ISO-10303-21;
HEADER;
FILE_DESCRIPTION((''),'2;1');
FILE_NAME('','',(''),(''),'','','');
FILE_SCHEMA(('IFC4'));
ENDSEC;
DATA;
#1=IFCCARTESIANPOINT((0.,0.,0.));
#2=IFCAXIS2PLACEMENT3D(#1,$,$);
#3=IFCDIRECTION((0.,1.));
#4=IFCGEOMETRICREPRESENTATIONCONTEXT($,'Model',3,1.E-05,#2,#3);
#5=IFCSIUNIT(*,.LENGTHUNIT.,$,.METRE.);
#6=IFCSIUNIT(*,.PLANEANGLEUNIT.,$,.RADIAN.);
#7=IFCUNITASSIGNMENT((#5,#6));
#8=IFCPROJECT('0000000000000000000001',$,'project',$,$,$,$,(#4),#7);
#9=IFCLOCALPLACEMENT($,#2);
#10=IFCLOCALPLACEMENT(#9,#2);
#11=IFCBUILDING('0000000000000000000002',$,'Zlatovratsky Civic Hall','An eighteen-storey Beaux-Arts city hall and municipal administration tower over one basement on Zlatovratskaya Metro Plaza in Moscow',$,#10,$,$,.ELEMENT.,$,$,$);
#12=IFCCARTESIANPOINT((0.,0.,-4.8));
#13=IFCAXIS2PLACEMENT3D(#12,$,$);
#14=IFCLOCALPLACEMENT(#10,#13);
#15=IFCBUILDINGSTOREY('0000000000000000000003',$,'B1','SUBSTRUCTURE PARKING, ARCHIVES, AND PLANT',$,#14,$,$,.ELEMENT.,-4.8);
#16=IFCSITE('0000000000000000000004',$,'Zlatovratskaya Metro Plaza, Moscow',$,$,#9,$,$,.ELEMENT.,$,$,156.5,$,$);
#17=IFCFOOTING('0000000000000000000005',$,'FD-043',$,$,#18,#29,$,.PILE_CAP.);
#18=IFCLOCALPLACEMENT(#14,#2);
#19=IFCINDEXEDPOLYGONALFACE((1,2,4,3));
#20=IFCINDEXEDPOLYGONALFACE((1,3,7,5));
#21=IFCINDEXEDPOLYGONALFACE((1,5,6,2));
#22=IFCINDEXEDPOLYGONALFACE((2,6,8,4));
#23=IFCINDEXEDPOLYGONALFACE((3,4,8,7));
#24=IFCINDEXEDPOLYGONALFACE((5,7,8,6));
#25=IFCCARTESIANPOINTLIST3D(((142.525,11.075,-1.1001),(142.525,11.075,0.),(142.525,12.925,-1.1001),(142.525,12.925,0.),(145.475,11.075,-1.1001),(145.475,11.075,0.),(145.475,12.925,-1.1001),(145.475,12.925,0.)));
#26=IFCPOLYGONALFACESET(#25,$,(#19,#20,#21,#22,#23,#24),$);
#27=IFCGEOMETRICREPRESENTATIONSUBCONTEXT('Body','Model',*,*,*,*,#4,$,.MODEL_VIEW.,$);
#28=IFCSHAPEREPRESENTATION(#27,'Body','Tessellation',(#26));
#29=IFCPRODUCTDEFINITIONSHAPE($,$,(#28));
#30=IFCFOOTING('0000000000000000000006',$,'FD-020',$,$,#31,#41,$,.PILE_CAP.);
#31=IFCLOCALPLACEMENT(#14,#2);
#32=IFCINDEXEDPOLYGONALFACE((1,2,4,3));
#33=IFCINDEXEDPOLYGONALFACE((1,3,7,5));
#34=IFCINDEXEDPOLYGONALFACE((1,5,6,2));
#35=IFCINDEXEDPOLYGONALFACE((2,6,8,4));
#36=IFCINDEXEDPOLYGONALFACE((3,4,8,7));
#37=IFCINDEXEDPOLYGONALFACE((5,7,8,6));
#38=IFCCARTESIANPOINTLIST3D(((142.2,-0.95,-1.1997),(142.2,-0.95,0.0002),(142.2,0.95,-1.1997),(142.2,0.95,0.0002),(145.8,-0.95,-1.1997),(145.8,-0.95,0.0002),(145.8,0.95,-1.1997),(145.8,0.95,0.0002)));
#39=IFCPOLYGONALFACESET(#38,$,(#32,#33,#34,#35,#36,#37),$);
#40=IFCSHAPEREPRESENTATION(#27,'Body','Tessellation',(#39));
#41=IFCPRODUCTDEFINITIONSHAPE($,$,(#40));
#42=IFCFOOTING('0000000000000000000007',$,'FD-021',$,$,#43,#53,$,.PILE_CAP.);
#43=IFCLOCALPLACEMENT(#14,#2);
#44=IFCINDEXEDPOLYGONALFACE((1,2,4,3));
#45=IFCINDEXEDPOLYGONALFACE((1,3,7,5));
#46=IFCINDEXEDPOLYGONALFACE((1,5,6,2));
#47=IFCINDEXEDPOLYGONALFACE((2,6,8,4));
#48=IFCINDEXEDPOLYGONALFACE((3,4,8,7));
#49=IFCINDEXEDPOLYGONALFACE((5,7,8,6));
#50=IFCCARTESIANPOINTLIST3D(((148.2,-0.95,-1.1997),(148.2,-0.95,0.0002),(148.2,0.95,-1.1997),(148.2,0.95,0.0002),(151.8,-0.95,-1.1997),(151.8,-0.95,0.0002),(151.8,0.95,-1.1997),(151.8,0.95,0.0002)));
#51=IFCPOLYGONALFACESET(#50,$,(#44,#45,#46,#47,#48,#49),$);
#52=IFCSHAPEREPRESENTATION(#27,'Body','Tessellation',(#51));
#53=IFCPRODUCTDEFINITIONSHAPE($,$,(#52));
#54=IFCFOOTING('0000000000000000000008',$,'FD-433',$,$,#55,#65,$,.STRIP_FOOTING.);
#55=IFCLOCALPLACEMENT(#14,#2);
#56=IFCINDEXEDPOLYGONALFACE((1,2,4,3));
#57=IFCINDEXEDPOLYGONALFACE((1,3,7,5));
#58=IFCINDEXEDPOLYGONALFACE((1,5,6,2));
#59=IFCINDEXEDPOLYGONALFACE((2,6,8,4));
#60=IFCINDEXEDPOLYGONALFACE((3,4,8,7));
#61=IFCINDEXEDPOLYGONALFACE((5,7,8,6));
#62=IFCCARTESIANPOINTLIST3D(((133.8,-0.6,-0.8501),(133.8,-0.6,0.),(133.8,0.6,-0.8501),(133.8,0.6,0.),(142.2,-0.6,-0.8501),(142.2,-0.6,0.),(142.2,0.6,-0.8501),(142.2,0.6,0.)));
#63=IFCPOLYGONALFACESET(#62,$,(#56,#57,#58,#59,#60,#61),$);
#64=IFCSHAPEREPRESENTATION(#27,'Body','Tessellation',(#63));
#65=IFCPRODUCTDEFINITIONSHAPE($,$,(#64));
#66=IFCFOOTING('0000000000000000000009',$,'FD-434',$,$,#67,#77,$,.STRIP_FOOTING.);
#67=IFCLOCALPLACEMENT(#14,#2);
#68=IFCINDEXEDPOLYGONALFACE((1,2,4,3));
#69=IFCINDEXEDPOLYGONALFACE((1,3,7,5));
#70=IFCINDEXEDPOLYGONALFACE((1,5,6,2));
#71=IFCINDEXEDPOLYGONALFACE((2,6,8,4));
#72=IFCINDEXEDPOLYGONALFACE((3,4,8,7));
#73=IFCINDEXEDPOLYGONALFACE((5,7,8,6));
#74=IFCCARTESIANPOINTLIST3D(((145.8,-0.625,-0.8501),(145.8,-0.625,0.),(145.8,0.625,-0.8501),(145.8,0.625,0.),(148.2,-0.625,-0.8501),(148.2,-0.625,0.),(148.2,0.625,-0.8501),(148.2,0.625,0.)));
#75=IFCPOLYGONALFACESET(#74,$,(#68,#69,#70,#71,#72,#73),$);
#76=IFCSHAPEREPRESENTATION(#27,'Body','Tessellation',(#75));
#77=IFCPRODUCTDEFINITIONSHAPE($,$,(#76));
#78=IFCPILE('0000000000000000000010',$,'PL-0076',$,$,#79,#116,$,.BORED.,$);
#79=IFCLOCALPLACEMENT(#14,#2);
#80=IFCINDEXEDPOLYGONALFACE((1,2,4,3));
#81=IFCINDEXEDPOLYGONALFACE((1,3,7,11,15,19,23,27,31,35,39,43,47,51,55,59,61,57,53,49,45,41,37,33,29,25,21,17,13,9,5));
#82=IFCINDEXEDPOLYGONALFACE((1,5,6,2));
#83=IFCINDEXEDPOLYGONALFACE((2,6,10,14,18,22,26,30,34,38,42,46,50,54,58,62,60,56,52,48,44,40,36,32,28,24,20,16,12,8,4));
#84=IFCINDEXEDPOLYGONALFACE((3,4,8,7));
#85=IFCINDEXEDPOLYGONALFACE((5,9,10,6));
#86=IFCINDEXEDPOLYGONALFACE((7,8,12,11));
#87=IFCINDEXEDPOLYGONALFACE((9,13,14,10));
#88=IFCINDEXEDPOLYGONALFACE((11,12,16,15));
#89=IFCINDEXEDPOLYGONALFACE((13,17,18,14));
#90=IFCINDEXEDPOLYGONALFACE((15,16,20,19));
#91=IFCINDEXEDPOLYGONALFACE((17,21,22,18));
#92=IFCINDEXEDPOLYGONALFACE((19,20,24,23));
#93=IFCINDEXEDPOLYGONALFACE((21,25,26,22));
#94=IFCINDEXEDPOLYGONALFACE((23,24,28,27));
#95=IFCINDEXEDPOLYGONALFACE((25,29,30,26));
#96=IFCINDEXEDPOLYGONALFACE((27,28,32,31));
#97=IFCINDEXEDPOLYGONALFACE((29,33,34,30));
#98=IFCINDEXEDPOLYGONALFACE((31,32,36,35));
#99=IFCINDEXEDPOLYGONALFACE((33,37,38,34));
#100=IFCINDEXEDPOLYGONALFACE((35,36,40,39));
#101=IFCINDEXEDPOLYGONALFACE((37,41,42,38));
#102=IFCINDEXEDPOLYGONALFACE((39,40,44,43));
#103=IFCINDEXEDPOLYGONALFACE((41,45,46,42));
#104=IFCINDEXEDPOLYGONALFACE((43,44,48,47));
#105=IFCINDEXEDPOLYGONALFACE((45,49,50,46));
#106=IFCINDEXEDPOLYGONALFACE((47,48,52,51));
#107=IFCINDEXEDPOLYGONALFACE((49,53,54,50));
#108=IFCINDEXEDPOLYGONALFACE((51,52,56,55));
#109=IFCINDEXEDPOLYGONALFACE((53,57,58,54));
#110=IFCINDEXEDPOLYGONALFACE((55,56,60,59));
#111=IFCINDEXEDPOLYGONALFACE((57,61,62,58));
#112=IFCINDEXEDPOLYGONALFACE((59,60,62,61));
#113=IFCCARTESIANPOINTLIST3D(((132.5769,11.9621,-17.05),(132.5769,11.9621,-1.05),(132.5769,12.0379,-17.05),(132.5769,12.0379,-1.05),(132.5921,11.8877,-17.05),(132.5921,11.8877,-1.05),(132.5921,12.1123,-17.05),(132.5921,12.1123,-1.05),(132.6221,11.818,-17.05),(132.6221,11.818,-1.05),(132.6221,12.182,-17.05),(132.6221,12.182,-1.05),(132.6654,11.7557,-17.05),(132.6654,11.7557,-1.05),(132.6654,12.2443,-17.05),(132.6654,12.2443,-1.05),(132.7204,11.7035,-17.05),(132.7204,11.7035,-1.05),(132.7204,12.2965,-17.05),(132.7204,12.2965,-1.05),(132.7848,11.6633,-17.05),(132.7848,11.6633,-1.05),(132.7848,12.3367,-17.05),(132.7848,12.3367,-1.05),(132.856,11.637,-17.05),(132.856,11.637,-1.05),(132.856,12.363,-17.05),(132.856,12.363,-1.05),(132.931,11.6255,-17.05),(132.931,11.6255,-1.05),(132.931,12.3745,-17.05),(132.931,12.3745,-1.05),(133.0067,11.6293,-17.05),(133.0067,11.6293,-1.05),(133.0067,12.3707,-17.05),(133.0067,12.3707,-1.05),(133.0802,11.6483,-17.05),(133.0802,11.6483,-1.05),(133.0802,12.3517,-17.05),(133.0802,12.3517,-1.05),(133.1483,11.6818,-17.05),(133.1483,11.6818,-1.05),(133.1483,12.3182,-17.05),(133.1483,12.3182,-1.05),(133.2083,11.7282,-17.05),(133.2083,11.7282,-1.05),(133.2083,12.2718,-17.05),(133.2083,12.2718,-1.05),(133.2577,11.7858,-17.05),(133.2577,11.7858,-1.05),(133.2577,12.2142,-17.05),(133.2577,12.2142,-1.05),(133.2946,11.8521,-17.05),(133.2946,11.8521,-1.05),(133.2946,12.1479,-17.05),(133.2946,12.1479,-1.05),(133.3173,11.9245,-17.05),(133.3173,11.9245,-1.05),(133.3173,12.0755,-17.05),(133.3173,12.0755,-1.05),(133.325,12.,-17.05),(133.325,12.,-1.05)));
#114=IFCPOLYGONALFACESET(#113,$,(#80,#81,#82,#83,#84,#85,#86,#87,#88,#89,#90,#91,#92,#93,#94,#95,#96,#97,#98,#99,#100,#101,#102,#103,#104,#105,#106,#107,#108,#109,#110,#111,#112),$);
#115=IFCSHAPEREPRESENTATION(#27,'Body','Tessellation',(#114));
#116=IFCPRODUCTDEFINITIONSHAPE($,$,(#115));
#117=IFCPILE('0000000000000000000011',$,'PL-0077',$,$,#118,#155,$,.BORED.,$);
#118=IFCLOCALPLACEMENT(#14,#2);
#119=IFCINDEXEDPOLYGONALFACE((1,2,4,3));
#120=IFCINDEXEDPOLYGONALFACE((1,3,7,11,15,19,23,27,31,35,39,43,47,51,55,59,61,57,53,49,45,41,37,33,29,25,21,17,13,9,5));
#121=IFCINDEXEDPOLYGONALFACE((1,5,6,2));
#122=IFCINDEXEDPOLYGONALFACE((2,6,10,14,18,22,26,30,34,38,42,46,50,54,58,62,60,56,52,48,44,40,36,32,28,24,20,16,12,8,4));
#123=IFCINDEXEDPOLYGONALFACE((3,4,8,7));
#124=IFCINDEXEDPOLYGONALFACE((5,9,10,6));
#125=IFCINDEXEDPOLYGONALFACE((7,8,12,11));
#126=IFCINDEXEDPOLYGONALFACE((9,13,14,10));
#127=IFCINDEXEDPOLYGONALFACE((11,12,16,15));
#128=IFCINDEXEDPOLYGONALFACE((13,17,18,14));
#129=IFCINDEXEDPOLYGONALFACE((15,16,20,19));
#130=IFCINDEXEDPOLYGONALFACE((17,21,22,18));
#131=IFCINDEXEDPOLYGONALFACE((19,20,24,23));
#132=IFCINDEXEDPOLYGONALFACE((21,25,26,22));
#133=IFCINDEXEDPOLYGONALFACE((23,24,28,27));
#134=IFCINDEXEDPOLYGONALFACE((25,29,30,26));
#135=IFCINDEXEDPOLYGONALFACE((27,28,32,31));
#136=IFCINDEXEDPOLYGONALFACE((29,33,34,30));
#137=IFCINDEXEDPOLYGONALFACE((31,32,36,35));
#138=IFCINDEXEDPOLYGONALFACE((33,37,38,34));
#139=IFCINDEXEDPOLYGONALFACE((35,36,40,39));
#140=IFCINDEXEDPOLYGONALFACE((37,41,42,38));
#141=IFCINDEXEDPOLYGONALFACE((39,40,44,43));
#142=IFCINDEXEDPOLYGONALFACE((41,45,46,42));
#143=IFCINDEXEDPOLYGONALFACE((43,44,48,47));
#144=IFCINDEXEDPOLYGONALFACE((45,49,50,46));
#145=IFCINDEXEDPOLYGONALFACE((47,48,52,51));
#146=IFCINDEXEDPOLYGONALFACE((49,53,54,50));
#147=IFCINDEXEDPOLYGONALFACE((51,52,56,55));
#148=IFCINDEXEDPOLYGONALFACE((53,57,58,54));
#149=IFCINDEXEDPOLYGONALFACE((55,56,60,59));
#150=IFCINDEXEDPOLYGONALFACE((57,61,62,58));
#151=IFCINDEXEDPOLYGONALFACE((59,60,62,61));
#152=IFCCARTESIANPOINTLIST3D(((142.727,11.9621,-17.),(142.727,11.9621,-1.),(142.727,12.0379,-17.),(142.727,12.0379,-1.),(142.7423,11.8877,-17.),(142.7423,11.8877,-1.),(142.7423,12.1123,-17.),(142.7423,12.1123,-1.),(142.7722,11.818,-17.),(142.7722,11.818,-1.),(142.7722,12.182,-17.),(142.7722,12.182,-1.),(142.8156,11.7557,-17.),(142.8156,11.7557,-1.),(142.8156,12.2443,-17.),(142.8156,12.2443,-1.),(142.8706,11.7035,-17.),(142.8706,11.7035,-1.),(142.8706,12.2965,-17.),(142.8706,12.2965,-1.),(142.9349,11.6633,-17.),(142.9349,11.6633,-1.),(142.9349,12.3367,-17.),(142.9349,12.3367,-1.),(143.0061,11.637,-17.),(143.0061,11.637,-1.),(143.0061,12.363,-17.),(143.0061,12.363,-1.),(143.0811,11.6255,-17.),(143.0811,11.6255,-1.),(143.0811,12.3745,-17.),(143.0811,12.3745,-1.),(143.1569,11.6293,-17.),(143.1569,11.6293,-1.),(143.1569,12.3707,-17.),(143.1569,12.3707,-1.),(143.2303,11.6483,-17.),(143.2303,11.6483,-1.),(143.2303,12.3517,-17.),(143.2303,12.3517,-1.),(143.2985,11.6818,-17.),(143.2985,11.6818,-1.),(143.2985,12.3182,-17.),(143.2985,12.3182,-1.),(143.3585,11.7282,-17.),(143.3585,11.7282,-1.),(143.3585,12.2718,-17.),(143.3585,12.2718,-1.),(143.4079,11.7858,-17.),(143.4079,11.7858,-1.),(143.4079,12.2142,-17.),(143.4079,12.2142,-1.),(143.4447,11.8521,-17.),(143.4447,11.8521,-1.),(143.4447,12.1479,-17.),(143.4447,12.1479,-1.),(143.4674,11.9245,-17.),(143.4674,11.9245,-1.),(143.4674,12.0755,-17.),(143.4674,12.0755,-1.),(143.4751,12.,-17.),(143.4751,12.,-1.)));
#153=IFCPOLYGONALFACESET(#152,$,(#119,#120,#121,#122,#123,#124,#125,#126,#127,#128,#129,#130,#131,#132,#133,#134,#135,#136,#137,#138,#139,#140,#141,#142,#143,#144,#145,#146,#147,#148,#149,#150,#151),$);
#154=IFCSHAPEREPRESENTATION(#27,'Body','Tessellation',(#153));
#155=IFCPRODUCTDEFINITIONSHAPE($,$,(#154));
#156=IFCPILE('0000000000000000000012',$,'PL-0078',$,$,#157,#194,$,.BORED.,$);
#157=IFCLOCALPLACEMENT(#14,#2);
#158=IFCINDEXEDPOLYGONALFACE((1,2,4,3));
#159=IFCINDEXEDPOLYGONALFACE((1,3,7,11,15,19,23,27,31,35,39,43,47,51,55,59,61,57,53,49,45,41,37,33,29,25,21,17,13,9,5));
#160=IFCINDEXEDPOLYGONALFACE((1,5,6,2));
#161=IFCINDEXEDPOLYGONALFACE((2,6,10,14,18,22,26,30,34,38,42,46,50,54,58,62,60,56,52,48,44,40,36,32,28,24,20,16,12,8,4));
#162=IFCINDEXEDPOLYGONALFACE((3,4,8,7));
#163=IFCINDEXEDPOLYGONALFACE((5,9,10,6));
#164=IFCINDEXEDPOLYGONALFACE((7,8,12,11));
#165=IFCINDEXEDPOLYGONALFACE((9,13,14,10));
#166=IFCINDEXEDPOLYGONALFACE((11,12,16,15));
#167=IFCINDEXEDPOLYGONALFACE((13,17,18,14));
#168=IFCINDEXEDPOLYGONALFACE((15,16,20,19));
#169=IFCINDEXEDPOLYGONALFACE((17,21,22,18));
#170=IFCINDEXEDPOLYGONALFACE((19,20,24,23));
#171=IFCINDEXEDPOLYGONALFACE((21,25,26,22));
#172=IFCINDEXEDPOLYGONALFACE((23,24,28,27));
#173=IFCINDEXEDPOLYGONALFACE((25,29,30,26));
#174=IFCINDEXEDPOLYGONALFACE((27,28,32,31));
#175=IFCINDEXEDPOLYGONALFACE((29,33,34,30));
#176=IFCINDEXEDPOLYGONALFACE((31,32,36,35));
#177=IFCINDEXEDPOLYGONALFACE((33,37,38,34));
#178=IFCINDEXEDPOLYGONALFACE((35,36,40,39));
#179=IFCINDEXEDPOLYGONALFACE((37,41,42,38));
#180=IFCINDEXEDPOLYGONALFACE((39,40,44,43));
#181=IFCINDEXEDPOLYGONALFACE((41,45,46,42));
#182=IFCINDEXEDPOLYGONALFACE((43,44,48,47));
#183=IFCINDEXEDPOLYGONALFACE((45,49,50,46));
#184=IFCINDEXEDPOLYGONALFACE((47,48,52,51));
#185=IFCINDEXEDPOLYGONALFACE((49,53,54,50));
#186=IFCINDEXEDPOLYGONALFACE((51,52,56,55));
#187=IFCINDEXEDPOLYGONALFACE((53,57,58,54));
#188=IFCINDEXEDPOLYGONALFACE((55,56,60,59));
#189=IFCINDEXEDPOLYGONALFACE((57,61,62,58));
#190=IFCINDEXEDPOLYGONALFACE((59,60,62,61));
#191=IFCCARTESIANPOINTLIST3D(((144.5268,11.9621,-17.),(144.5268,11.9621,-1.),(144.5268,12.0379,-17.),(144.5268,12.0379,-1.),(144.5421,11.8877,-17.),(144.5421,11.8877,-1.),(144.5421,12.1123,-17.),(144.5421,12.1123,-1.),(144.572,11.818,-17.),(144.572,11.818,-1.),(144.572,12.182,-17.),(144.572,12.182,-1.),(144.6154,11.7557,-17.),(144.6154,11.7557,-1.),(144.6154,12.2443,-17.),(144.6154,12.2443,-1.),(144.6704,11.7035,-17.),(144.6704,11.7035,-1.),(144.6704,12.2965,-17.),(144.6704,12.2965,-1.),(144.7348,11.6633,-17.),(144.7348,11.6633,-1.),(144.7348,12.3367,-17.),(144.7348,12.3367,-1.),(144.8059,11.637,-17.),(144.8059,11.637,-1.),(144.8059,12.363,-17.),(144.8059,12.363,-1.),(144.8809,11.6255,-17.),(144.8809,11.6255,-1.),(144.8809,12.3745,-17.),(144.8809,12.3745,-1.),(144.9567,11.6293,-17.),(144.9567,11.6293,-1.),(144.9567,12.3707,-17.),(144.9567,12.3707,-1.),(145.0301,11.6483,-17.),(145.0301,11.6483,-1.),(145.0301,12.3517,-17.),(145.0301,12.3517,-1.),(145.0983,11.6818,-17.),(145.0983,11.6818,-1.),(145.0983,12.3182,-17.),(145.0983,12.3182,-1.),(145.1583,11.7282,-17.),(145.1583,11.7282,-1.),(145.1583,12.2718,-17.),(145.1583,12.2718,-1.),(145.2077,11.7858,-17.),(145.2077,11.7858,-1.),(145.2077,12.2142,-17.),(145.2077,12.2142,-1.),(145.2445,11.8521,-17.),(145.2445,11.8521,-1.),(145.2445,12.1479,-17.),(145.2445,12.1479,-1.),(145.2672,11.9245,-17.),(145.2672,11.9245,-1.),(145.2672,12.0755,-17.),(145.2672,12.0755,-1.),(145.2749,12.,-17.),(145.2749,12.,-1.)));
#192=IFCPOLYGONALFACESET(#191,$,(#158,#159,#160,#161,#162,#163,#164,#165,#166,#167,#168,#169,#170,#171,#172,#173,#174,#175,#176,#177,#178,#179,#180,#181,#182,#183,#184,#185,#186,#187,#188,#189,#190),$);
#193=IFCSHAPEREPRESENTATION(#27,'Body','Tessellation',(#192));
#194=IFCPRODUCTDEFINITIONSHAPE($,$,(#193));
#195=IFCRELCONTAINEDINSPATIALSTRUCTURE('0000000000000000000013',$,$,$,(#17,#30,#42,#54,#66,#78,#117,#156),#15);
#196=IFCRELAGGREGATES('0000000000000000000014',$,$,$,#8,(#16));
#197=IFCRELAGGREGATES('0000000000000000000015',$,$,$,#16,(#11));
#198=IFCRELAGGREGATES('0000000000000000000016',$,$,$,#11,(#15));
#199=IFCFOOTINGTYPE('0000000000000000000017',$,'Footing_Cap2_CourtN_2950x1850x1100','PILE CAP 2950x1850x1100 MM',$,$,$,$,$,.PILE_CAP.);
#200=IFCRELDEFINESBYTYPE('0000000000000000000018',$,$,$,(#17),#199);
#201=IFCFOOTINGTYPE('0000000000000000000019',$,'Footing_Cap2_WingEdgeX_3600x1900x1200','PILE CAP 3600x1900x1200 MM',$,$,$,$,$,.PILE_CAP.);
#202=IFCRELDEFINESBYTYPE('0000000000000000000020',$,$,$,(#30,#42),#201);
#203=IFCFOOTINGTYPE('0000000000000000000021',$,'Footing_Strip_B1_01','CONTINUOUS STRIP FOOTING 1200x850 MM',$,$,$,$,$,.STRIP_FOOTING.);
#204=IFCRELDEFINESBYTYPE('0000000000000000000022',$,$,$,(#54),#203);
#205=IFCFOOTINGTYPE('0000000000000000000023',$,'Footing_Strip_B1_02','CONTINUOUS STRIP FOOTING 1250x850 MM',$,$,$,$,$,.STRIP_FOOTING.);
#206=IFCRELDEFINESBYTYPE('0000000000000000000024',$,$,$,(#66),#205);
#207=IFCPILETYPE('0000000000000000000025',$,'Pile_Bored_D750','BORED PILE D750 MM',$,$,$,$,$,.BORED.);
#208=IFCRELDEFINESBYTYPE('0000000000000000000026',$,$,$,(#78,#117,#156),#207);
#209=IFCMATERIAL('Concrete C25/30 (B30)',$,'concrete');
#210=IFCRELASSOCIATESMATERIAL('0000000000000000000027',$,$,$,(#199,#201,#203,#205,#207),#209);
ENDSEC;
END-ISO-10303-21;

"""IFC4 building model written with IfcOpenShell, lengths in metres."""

from ifc_helpers import new_model, si_unit, direction, frame, origin, origin_2d, place, context, subcontext, project, spatial, rectangle, circle, extrude, material, material_profile, profile_set, type_object, element, save


model = new_model("IFC4")

# Units and contexts
model_context = context("Model", 3, precision=1e-05, world=origin(), true_north=direction((0.0, 1.0)))
body_context = subcontext(model_context, "Body", "Model", "MODEL_VIEW")
ifc_project = project(units=[si_unit("LENGTHUNIT", "METRE"), si_unit("PLANEANGLEUNIT", "RADIAN")], contexts=[model_context])

# Site, building, storey
site_placement = place(None, origin())
site = spatial("IfcSite", under=ifc_project, at=site_placement, Name="Zlatovratskaya Metro Plaza, Moscow", CompositionType="ELEMENT", RefElevation=156.5)
building_placement = place(site_placement, origin())
building = spatial("IfcBuilding", under=site, at=building_placement, Name="Zlatovratsky Civic Hall", Description="An eighteen-storey Beaux-Arts city hall and municipal administration tower over one basement on Zlatovratskaya Metro Plaza in Moscow", CompositionType="ELEMENT")
storey_placement = place(building_placement, frame((0.0, 0.0, -4.8)))
storey = spatial("IfcBuildingStorey", under=building, at=storey_placement, Name="B1", Description="SUBSTRUCTURE PARKING, ARCHIVES, AND PLANT", CompositionType="ELEMENT", Elevation=-4.8)

# Footings
ifc_material_1 = material(Name="Concrete C25/30 (B30)", Category="concrete")
footing_type_1 = type_object("IfcFootingType", Name="Footing_Cap2_CourtN_2950x1850x1100", Description="PILE CAP 2950x1850x1100 MM", PredefinedType="PILE_CAP", material=ifc_material_1)
footing_1_placement = place(storey_placement, frame((144.0, 12.0, -1.1001), z_axis=(0.0, 0.0, 1.0), x_axis=(1.0, 0.0, 0.0)))
element("IfcFooting", 1, at=footing_1_placement, inside=storey, type_object=footing_type_1, Name="FD-043", PredefinedType="PILE_CAP", context=body_context, shape_type="SweptSolid", body=[
    extrude(rectangle(XDim=2.95, YDim=1.8501, at=origin_2d()), origin(), (0.0, 0.0, 1.0), 1.1001),
])
footing_type_2 = type_object("IfcFootingType", Name="Footing_Cap2_WingEdgeX_3600x1900x1200", Description="PILE CAP 3600x1900x1200 MM", PredefinedType="PILE_CAP", material=ifc_material_1)
for number, where, z_axis, x_axis, name in (
    (2, (144.0, 0.0, -1.1997), (0.0, 0.0, 1.0), (1.0, 0.0, 0.0), "FD-020"),
    (3, (150.0, 0.0, -1.1997), (0.0, 0.0, 1.0), (1.0, 0.0, 0.0), "FD-021"),
):
    element("IfcFooting", number, at=place(storey_placement, frame(where, z_axis=z_axis, x_axis=x_axis)), inside=storey, type_object=footing_type_2, Name=name, PredefinedType="PILE_CAP", context=body_context, shape_type="SweptSolid", body=[
        extrude(rectangle(XDim=3.6001, YDim=1.8999, at=origin_2d()), origin(), (0.0, 0.0, 1.0), 1.2),
    ])
footing_type_3 = type_object("IfcFootingType", Name="Footing_Strip_B1_01", Description="CONTINUOUS STRIP FOOTING 1200x850 MM", PredefinedType="STRIP_FOOTING", material=ifc_material_1)
footing_2_placement = place(storey_placement, frame((138.0, 0.0, -0.8501), z_axis=(0.0, 0.0, 1.0), x_axis=(1.0, 0.0, 0.0)))
element("IfcFooting", 4, at=footing_2_placement, inside=storey, type_object=footing_type_3, Name="FD-433", PredefinedType="STRIP_FOOTING", context=body_context, shape_type="SweptSolid", body=[
    extrude(rectangle(XDim=8.3999, YDim=1.2, at=origin_2d()), origin(), (0.0, 0.0, 1.0), 0.8501),
])
footing_type_4 = type_object("IfcFootingType", Name="Footing_Strip_B1_02", Description="CONTINUOUS STRIP FOOTING 1250x850 MM", PredefinedType="STRIP_FOOTING", material=ifc_material_1)
footing_3_placement = place(storey_placement, frame((147.0, 0.0, -0.8501), z_axis=(0.0, 0.0, 1.0), x_axis=(1.0, 0.0, 0.0)))
element("IfcFooting", 5, at=footing_3_placement, inside=storey, type_object=footing_type_4, Name="FD-434", PredefinedType="STRIP_FOOTING", context=body_context, shape_type="SweptSolid", body=[
    extrude(rectangle(XDim=2.3999, YDim=1.25, at=origin_2d()), origin(), (0.0, 0.0, 1.0), 0.8501),
])

# Piles
ifc_material_profile_1 = material_profile(ifc_material_1, circle(Radius=0.375, at=origin_2d()), Name="PILE D750")
ifc_profile_set_1 = profile_set([ifc_material_profile_1], Name="Concrete C25/30 (B30)")
pile_type_1 = type_object("IfcPileType", Name="Pile_Bored_D750", Description="BORED PILE D750 MM", PredefinedType="BORED", material=ifc_profile_set_1)
for number, where, z_axis, x_axis, name in (
    (6, (132.95, 12.0, -1.05), (0.0, 0.0, -1.0), (1.0, 0.0, 0.0), "PL-0076"),
    (7, (143.1001, 12.0, -1.0), (0.0, 0.0, -1.0), (1.0, 0.0, 0.0), "PL-0077"),
    (8, (144.8999, 12.0, -1.0), (0.0, 0.0, -1.0), (1.0, 0.0, 0.0), "PL-0078"),
):
    element("IfcPile", number, at=place(storey_placement, frame(where, z_axis=z_axis, x_axis=x_axis)), inside=storey, type_object=pile_type_1, Name=name, PredefinedType="BORED", context=body_context, shape_type="SweptSolid", body=[
        extrude(circle(Radius=0.375, at=origin_2d()), origin(), (0.0, 0.0, 1.0), 16.0),
    ])

save(model, "model.ifc")
